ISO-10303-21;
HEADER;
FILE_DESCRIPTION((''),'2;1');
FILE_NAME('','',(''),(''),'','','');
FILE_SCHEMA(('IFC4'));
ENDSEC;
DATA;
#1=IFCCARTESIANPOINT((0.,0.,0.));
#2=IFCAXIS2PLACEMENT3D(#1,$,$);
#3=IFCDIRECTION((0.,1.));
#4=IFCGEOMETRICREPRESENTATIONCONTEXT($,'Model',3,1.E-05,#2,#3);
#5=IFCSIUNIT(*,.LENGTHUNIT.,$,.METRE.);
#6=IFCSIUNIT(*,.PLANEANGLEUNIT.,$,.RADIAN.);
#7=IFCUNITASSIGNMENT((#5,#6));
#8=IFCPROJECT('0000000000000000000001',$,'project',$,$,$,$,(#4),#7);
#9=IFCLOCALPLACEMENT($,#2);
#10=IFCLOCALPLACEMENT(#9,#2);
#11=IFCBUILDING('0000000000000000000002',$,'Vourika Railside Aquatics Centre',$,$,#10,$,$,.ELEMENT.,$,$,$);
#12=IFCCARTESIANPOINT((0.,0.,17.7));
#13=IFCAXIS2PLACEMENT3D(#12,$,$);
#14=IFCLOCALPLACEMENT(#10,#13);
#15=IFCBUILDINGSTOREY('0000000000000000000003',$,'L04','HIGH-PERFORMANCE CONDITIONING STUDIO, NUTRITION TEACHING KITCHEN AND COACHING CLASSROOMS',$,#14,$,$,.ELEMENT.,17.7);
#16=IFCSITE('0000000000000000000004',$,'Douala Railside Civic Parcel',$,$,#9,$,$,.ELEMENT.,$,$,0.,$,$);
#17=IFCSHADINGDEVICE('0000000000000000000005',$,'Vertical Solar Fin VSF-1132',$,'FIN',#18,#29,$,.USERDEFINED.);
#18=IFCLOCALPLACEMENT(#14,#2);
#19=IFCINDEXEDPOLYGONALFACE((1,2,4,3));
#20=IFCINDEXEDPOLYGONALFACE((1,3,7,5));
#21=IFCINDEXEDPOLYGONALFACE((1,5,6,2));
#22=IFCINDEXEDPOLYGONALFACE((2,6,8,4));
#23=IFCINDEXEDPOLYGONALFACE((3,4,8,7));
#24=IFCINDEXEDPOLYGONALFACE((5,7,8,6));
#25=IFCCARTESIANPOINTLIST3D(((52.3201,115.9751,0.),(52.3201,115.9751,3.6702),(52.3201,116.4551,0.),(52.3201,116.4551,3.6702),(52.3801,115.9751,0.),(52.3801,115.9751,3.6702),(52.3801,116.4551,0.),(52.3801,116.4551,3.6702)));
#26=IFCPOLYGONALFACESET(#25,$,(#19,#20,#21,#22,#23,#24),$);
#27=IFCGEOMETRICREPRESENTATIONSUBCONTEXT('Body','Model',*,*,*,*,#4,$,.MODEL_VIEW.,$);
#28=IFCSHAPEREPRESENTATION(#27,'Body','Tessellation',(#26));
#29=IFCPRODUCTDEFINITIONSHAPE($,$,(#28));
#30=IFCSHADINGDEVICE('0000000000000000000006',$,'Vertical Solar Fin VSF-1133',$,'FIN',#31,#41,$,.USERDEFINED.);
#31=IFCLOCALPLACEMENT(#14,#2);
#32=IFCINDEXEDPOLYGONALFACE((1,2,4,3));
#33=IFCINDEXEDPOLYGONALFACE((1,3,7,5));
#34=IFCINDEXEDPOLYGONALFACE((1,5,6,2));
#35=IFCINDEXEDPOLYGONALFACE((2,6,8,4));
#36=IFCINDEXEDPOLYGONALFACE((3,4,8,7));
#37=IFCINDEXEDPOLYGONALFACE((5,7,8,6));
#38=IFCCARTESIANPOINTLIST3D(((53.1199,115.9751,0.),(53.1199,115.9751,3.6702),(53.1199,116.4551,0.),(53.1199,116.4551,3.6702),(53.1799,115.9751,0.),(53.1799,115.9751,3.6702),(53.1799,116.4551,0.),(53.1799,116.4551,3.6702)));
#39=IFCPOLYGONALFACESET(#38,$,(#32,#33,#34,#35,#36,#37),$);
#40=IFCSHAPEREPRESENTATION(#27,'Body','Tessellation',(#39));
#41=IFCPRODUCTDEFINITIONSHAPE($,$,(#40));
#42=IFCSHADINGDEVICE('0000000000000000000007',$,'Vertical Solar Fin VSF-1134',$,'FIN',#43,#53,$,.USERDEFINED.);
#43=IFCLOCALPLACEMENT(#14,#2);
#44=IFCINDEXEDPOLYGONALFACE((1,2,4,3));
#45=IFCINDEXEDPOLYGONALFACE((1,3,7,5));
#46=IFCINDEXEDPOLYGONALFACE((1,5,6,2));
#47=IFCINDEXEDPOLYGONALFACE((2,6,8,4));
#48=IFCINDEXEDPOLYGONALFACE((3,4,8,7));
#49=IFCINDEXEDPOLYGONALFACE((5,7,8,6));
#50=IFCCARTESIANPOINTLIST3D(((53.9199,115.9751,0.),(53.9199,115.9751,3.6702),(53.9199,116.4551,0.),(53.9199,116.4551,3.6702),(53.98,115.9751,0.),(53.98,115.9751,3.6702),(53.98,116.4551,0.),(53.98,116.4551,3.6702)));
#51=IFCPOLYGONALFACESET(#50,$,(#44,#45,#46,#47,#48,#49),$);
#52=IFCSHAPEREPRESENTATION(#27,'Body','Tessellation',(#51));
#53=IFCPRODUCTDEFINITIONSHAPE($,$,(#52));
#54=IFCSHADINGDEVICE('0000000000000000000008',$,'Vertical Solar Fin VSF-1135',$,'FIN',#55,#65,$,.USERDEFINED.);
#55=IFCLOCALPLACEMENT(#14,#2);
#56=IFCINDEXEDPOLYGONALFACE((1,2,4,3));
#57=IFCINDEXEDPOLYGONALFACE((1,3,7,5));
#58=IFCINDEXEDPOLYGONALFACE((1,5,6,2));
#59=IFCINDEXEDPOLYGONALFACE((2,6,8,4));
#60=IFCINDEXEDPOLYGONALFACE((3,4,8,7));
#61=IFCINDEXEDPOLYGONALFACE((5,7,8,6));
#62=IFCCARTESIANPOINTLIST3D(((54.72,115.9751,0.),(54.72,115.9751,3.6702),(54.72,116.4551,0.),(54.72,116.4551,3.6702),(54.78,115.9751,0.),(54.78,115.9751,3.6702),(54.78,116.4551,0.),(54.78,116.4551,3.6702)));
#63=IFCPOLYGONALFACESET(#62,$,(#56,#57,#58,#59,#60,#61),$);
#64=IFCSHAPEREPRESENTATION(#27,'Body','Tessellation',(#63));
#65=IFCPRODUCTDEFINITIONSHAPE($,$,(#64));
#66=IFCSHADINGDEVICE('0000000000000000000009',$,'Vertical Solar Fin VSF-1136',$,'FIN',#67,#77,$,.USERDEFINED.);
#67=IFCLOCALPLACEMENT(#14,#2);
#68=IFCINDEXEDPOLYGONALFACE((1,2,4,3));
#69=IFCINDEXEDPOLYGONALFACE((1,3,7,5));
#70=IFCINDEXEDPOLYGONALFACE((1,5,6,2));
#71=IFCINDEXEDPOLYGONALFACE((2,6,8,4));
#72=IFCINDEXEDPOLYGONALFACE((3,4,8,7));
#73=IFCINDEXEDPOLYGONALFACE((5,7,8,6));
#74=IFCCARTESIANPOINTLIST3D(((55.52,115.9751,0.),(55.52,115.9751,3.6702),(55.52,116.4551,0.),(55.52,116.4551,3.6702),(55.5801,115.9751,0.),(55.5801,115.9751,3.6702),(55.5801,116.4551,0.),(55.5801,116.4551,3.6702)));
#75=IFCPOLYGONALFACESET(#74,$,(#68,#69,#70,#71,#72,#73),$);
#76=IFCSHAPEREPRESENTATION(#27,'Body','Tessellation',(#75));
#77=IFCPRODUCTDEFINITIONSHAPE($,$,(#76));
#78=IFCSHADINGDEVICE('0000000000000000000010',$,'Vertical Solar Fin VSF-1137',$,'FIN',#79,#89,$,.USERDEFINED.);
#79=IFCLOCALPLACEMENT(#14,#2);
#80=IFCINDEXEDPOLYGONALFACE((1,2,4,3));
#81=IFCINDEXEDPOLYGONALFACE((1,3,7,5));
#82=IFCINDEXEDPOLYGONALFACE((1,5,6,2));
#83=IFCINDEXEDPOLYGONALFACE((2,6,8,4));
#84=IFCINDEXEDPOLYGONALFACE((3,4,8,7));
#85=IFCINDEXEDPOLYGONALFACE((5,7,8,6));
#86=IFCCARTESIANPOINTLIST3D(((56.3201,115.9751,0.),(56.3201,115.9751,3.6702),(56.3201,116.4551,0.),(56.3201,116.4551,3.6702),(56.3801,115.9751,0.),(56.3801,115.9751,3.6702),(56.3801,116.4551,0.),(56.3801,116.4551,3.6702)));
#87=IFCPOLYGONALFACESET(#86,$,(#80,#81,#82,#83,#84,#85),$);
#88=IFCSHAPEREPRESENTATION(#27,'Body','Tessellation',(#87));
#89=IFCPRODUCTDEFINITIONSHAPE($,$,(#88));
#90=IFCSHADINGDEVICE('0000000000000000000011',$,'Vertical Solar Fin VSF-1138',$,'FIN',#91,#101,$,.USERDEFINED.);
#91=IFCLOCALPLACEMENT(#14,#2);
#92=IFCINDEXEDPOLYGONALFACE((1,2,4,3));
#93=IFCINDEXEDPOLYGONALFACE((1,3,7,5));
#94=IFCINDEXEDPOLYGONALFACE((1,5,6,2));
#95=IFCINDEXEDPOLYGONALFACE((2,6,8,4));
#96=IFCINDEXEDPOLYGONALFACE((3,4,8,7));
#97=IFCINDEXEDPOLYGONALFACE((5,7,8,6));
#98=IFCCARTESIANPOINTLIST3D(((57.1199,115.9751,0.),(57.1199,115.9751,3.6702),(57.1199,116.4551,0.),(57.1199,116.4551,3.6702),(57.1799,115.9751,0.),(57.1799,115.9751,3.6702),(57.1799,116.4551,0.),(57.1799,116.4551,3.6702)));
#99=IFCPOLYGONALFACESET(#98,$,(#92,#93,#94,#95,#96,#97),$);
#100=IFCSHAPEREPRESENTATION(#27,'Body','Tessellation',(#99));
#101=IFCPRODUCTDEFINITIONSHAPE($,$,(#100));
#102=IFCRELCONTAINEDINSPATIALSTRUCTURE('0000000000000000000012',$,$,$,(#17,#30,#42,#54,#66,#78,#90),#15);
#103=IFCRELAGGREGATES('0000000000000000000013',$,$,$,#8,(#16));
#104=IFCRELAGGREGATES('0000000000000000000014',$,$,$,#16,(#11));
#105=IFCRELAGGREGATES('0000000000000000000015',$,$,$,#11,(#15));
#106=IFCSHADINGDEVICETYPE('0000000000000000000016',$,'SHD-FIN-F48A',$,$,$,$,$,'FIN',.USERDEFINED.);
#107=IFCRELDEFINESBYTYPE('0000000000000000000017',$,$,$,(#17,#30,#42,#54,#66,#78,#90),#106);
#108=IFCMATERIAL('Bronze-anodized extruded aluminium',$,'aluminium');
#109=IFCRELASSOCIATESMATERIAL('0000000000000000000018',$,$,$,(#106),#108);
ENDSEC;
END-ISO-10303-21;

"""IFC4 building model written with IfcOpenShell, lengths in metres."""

from ifc_helpers import new_model, si_unit, direction, frame, origin, origin_2d, place, context, subcontext, project, spatial, rectangle, extrude, material, material_profile, profile_set, type_object, element, save


model = new_model("IFC4")

# Units and contexts
model_context = context("Model", 3, precision=1e-05, world=origin(), true_north=direction((0.0, 1.0)))
body_context = subcontext(model_context, "Body", "Model", "MODEL_VIEW")
ifc_project = project(units=[si_unit("LENGTHUNIT", "METRE"), si_unit("PLANEANGLEUNIT", "RADIAN")], contexts=[model_context])

# Site, building, storey
site_placement = place(None, origin())
site = spatial("IfcSite", under=ifc_project, at=site_placement, Name="Douala Railside Civic Parcel", CompositionType="ELEMENT", RefElevation=0.0)
building_placement = place(site_placement, origin())
building = spatial("IfcBuilding", under=site, at=building_placement, Name="Vourika Railside Aquatics Centre", CompositionType="ELEMENT")
storey_placement = place(building_placement, frame((0.0, 0.0, 17.7)))
storey = spatial("IfcBuildingStorey", under=building, at=storey_placement, Name="L04", Description="HIGH-PERFORMANCE CONDITIONING STUDIO, NUTRITION TEACHING KITCHEN AND COACHING CLASSROOMS", CompositionType="ELEMENT", Elevation=17.7)

# Shading devices
ifc_material_1 = material(Name="Bronze-anodized extruded aluminium", Category="aluminium")
ifc_material_profile_1 = material_profile(ifc_material_1, rectangle(XDim=0.0601, YDim=0.48, at=origin_2d()), Name="ALU-FIN 60x480")
ifc_profile_set_1 = profile_set([ifc_material_profile_1], Name="Bronze-anodized extruded aluminium")
shading_device_type = type_object("IfcShadingDeviceType", Name="SHD-FIN-F48A", ElementType="FIN", PredefinedType="USERDEFINED", material=ifc_profile_set_1)
for number, where, z_axis, x_axis, name in (
    (1, (52.3501, 116.2151, 0.0), (0.0, 0.0, 1.0), (1.0, 0.0, 0.0), "Vertical Solar Fin VSF-1132"),
    (2, (53.1499, 116.2151, 0.0), (0.0, 0.0, 1.0), (1.0, 0.0, 0.0), "Vertical Solar Fin VSF-1133"),
    (3, (53.95, 116.2151, 0.0), (0.0, 0.0, 1.0), (1.0, 0.0, 0.0), "Vertical Solar Fin VSF-1134"),
    (4, (54.75, 116.2151, 0.0), (0.0, 0.0, 1.0), (1.0, 0.0, 0.0), "Vertical Solar Fin VSF-1135"),
    (5, (55.55, 116.2151, 0.0), (0.0, 0.0, 1.0), (1.0, 0.0, 0.0), "Vertical Solar Fin VSF-1136"),
    (6, (56.3501, 116.2151, 0.0), (0.0, 0.0, 1.0), (1.0, 0.0, 0.0), "Vertical Solar Fin VSF-1137"),
    (7, (57.1499, 116.2151, 0.0), (0.0, 0.0, 1.0), (1.0, 0.0, 0.0), "Vertical Solar Fin VSF-1138"),
):
    element("IfcShadingDevice", number, at=place(storey_placement, frame(where, z_axis=z_axis, x_axis=x_axis)), inside=storey, type_object=shading_device_type, Name=name, ObjectType="FIN", PredefinedType="USERDEFINED", context=body_context, shape_type="SweptSolid", body=[
        extrude(rectangle(XDim=0.0601, YDim=0.48, at=origin_2d()), origin(), (0.0, 0.0, 1.0), 3.6702),
    ])

save(model, "model.ifc")
